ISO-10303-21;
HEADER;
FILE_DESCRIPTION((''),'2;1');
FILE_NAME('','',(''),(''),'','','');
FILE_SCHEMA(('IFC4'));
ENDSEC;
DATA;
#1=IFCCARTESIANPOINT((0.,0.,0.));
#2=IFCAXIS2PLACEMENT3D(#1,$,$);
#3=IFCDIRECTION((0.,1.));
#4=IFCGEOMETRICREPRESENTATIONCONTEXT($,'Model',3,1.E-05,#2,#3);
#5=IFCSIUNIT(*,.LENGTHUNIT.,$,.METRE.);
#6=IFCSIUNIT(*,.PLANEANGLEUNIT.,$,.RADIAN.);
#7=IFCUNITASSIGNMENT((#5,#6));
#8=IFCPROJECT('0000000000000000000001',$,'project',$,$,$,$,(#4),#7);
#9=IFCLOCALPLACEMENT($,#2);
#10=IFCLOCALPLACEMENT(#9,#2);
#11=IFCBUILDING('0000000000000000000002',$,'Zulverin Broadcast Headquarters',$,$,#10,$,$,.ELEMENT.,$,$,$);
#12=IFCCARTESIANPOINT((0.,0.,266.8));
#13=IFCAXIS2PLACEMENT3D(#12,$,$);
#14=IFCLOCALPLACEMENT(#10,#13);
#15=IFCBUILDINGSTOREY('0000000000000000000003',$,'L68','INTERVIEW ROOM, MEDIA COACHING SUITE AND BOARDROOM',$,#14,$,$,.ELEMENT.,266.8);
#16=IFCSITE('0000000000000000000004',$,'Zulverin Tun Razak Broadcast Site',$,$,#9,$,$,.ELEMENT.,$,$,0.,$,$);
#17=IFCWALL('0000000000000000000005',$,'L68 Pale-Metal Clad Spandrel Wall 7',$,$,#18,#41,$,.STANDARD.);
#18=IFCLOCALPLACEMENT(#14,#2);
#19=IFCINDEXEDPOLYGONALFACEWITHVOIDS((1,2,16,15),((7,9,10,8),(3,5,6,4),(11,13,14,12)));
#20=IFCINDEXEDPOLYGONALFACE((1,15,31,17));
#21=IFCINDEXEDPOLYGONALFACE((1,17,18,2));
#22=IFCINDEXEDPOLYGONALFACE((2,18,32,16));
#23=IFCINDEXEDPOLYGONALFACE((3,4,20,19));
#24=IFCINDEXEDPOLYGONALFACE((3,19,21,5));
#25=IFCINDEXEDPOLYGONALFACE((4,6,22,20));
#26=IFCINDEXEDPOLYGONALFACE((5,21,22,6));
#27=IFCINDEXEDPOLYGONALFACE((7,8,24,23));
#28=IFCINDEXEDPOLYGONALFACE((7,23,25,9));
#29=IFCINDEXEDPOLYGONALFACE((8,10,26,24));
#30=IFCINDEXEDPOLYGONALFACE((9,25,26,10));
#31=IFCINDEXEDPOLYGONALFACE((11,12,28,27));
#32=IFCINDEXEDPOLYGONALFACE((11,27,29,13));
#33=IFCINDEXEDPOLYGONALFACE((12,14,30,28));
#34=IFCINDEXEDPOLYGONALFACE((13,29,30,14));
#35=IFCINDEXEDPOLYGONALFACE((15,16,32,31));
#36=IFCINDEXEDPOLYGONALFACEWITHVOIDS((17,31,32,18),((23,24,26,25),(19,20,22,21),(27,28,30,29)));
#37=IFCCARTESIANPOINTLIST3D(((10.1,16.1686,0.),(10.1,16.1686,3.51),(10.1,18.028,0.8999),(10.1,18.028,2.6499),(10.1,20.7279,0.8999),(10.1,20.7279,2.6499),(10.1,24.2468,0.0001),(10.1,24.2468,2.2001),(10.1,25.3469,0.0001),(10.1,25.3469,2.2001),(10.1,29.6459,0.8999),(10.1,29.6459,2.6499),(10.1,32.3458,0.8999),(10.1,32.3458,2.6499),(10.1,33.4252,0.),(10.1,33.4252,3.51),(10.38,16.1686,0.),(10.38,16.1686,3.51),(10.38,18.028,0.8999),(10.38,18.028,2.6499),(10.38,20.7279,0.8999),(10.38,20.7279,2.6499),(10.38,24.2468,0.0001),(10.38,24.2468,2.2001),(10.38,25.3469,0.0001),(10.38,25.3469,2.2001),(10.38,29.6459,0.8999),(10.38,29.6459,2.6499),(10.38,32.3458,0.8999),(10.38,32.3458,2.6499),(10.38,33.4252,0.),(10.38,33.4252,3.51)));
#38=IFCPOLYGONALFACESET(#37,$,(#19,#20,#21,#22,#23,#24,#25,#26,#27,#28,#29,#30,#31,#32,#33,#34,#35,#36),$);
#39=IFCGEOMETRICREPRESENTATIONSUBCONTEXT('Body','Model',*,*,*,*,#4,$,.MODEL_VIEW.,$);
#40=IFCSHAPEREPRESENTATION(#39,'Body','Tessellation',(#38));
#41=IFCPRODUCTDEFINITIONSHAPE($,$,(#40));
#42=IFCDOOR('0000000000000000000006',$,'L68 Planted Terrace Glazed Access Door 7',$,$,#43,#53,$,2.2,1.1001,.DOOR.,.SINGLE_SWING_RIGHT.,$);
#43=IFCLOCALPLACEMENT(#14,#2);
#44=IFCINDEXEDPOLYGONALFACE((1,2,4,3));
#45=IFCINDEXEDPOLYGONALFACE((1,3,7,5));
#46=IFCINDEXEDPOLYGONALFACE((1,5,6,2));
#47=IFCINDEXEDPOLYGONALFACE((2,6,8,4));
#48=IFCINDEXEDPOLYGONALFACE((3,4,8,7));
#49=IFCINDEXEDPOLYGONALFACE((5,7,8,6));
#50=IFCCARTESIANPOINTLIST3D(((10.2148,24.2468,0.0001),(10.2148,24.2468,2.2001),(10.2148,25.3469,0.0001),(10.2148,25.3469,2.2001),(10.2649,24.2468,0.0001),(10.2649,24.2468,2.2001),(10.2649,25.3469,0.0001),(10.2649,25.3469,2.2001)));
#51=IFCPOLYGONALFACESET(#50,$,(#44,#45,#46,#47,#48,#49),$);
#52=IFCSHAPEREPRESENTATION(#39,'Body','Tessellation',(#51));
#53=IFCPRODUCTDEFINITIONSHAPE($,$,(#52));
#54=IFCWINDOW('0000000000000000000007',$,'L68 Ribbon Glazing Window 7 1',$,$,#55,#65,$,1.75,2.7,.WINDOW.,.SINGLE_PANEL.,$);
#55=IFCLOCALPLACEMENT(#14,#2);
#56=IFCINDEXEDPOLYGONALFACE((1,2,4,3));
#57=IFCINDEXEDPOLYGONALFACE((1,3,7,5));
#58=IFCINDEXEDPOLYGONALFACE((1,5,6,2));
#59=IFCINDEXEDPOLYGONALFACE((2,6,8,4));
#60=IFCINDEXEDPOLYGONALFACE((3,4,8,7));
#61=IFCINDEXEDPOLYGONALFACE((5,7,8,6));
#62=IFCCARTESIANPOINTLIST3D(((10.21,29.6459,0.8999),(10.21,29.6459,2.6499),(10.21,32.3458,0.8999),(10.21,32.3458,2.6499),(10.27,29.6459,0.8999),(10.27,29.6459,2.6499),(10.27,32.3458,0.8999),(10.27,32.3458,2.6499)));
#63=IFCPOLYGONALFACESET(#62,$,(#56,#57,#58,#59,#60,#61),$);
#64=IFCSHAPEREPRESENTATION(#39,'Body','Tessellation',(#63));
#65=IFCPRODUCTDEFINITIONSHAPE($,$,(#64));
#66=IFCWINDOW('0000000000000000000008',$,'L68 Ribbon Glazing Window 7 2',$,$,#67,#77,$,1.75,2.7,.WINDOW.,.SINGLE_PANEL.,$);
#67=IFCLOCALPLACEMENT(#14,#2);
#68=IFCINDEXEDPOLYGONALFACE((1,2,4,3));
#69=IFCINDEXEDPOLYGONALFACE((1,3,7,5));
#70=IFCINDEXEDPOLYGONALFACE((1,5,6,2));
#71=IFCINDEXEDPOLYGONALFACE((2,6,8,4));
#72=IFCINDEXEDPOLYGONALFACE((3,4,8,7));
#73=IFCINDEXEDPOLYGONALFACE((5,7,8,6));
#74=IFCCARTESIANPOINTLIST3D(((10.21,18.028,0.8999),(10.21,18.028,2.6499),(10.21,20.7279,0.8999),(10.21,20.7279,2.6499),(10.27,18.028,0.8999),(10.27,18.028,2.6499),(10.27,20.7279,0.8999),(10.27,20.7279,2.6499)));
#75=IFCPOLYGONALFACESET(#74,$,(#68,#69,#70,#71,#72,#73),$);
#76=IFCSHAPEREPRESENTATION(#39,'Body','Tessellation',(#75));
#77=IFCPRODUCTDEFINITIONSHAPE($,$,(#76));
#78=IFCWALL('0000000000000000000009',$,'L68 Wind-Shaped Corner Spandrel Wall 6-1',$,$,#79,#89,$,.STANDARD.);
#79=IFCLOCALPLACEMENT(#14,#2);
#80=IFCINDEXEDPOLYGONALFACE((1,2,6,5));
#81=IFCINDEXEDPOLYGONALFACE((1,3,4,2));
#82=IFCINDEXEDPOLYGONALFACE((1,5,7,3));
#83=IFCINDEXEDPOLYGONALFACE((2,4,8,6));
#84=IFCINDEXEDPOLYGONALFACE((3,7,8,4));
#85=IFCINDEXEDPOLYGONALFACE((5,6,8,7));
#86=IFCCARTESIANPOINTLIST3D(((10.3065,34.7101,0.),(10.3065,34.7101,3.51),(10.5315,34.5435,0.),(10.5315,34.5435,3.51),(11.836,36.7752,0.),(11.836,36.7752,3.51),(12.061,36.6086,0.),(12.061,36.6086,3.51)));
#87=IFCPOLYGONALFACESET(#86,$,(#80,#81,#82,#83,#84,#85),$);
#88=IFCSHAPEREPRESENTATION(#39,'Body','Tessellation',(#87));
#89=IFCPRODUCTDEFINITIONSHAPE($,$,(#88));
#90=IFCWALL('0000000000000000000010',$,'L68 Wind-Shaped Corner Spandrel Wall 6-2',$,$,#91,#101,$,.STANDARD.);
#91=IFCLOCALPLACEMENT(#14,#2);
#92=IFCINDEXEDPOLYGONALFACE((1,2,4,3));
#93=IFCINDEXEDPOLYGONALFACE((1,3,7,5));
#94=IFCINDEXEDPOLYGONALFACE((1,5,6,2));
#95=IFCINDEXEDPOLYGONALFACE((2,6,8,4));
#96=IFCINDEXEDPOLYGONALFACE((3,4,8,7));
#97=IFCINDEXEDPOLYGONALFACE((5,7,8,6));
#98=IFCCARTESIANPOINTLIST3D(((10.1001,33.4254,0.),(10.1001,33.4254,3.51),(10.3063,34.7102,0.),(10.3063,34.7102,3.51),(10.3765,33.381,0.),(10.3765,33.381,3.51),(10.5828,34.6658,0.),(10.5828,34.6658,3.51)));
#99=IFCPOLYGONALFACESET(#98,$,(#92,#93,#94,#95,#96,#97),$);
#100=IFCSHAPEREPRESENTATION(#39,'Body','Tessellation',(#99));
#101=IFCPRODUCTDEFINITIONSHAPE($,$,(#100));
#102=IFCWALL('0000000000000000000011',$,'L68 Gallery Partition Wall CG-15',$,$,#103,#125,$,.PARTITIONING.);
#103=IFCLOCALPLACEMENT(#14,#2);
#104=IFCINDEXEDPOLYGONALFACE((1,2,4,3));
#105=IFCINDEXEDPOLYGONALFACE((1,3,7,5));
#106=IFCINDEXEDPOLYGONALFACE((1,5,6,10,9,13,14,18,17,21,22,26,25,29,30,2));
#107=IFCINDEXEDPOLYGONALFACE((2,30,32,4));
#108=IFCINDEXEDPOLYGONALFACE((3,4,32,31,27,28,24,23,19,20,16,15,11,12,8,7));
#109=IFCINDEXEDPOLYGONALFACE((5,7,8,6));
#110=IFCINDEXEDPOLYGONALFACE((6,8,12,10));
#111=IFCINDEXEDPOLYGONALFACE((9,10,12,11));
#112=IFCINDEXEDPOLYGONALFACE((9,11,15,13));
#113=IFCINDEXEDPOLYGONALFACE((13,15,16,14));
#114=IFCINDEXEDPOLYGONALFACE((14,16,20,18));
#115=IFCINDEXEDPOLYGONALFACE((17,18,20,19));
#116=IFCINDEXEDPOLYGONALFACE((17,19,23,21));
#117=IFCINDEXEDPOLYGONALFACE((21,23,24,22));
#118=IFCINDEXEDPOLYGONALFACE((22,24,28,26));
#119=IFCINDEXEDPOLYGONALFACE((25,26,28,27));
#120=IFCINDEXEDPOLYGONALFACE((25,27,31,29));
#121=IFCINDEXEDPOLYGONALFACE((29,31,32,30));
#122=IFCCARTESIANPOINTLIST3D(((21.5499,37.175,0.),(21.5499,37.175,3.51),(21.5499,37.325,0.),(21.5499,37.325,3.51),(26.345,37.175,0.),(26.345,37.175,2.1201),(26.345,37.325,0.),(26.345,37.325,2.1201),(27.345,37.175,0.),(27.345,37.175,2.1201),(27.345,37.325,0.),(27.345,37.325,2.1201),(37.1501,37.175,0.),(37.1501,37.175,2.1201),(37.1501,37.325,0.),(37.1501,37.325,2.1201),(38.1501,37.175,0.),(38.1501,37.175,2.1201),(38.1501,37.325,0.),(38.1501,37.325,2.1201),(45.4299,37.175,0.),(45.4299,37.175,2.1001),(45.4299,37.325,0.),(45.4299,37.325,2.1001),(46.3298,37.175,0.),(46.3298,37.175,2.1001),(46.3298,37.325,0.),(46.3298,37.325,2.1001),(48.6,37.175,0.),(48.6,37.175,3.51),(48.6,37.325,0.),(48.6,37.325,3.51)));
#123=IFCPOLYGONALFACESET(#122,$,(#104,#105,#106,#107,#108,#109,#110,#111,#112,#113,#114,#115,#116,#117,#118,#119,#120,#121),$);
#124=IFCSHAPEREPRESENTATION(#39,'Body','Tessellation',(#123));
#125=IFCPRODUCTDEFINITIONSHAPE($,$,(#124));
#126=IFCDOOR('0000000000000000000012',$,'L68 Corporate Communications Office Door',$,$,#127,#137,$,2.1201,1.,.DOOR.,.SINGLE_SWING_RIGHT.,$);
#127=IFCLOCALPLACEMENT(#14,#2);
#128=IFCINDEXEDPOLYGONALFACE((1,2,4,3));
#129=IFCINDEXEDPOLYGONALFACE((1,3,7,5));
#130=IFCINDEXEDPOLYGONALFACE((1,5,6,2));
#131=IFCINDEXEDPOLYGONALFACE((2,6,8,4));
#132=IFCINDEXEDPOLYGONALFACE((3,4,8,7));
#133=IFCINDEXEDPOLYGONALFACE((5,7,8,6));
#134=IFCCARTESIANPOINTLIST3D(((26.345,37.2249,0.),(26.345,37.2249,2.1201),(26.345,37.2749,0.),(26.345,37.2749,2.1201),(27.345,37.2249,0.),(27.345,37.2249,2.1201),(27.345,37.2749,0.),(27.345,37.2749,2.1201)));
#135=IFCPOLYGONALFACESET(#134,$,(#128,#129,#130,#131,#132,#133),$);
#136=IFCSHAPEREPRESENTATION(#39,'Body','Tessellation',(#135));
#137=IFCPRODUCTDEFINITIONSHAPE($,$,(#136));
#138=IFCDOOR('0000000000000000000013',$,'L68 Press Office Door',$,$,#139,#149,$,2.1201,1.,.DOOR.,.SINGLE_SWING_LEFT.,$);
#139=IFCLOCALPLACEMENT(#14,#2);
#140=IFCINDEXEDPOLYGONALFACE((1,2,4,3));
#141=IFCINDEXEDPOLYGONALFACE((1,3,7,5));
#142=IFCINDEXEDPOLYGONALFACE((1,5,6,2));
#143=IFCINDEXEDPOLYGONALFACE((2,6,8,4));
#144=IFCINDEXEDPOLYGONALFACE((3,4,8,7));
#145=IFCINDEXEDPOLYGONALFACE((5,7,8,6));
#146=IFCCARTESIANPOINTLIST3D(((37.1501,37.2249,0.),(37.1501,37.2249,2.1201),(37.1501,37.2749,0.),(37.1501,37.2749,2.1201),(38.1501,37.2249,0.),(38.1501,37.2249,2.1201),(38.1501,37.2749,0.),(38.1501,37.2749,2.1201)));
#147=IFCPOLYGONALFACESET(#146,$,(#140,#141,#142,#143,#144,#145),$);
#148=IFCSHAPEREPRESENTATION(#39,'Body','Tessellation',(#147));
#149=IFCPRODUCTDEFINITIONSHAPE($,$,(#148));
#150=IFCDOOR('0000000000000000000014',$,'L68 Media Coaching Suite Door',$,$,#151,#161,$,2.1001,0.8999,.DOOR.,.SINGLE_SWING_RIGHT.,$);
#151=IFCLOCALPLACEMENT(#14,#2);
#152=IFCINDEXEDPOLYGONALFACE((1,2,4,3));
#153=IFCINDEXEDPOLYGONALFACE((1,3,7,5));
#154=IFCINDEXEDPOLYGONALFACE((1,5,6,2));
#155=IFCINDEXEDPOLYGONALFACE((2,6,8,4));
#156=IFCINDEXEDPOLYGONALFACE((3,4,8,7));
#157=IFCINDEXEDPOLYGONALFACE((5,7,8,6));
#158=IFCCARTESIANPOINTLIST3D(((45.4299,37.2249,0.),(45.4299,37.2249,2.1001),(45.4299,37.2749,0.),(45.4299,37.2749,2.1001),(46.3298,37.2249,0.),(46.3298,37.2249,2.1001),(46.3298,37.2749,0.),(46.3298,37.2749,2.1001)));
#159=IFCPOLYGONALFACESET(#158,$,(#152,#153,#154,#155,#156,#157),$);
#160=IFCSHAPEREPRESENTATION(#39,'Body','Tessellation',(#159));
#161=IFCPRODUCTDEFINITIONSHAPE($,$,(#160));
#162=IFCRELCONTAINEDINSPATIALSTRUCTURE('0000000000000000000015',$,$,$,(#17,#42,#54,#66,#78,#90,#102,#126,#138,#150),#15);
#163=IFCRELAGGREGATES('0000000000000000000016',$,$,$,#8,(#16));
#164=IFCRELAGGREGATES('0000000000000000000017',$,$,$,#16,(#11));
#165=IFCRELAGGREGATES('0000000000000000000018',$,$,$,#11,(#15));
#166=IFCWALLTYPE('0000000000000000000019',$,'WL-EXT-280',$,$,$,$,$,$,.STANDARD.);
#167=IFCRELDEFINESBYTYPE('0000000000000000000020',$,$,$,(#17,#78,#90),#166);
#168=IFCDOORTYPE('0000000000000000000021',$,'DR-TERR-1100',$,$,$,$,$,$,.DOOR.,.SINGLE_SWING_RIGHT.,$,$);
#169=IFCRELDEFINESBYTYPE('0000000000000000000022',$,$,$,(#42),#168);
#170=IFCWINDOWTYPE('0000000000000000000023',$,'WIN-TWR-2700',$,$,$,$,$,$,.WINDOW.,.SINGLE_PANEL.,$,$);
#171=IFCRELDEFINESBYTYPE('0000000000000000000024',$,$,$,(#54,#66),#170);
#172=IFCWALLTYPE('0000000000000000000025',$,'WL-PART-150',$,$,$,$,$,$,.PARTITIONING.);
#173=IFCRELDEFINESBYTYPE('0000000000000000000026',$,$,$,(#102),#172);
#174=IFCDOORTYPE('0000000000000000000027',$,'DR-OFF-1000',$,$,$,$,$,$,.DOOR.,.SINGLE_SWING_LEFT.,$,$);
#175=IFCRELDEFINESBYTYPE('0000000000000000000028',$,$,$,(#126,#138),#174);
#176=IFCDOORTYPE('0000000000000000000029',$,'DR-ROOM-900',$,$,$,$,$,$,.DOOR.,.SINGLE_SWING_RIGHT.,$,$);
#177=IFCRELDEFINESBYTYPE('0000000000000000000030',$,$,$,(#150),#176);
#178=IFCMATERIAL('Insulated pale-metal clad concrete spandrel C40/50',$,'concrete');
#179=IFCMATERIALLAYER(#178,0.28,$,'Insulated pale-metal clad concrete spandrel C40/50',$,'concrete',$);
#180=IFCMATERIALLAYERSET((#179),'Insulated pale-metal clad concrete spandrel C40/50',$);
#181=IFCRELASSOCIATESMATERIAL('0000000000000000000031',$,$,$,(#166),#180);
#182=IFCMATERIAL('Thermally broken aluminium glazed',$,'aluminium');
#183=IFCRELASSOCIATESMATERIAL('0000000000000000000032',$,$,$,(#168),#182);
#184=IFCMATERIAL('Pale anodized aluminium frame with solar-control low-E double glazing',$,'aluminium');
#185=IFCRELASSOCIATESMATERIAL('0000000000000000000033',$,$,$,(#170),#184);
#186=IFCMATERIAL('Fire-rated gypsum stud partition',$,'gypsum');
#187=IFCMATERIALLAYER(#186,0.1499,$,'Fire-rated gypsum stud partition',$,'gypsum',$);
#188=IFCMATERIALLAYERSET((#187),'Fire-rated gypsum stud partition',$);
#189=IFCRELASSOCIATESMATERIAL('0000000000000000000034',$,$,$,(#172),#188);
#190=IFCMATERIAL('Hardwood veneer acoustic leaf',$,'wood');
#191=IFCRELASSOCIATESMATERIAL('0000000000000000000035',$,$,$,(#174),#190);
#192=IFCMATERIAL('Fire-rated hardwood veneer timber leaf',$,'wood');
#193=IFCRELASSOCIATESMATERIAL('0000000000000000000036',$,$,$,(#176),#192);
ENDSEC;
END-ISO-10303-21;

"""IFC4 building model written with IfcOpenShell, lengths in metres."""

from ifc_helpers import new_model, si_unit, direction, frame, frame_2d, origin, place, context, subcontext, project, spatial, rectangle, extrude, material, layer, layer_set, type_object, element, fill, save


model = new_model("IFC4")

# Units and contexts
model_context = context("Model", 3, precision=1e-05, world=origin(), true_north=direction((0.0, 1.0)))
body_context = subcontext(model_context, "Body", "Model", "MODEL_VIEW")
ifc_project = project(units=[si_unit("LENGTHUNIT", "METRE"), si_unit("PLANEANGLEUNIT", "RADIAN")], contexts=[model_context])

# Site, building, storey
site_placement = place(None, origin())
site = spatial("IfcSite", under=ifc_project, at=site_placement, Name="Zulverin Tun Razak Broadcast Site", CompositionType="ELEMENT", RefElevation=0.0)
building_placement = place(site_placement, origin())
building = spatial("IfcBuilding", under=site, at=building_placement, Name="Zulverin Broadcast Headquarters", CompositionType="ELEMENT")
storey_placement = place(building_placement, frame((0.0, 0.0, 266.8)))
storey = spatial("IfcBuildingStorey", under=building, at=storey_placement, Name="L68", Description="INTERVIEW ROOM, MEDIA COACHING SUITE AND BOARDROOM", CompositionType="ELEMENT", Elevation=266.8)

# Wall, openings, door, windows
ifc_material_1 = material(Name="Insulated pale-metal clad concrete spandrel C40/50", Category="concrete")
ifc_layer_1 = layer(ifc_material_1, 0.28, Name="Insulated pale-metal clad concrete spandrel C40/50", Category="concrete")
ifc_layer_set_1 = layer_set([ifc_layer_1], Name="Insulated pale-metal clad concrete spandrel C40/50")
wall_type_1 = type_object("IfcWallType", Name="WL-EXT-280", PredefinedType="STANDARD", material=ifc_layer_set_1)
wall_1_placement = place(storey_placement, frame((10.24, 33.4253, 0.0), z_axis=(0.0, 0.0, 1.0), x_axis=(0.0, -1.0, 0.0)))
wall_1 = element("IfcWall", 1, at=wall_1_placement, inside=storey, type_object=wall_type_1, Name="L68 Pale-Metal Clad Spandrel Wall 7", PredefinedType="STANDARD", context=body_context, shape_type="SweptSolid", body=[
    extrude(rectangle(XDim=17.2566, YDim=0.28, at=frame_2d((8.6284, 0.0))), origin(), (0.0, 0.0, 1.0), 3.51),
])
opening_1_placement = place(wall_1_placement, frame((8.0784, 0.0, 0.0)))
opening_1 = element("IfcOpeningElement", 2, at=opening_1_placement, cuts=wall_1, PredefinedType="OPENING", context=body_context, shape_type="SweptSolid", body=[
    extrude(rectangle(XDim=1.1001, YDim=2.2, at=frame_2d((0.55, 1.1001))), frame((0.0, 0.1499, 0.0), z_axis=(0.0, -1.0, 0.0), x_axis=(1.0, 0.0, 0.0)), (0.0, 0.0, 1.0), 0.3),
])
opening_2_placement = place(wall_1_placement, frame((1.0793, 0.0, 0.8999)))
opening_2 = element("IfcOpeningElement", 3, at=opening_2_placement, cuts=wall_1, PredefinedType="OPENING", context=body_context, shape_type="SweptSolid", body=[
    extrude(rectangle(XDim=2.7, YDim=1.75, at=frame_2d((1.3501, 0.875))), frame((0.0, 0.1499, 0.0), z_axis=(0.0, -1.0, 0.0), x_axis=(1.0, 0.0, 0.0)), (0.0, 0.0, 1.0), 0.3),
])
opening_3_placement = place(wall_1_placement, frame((12.6973, 0.0, 0.8999)))
opening_3 = element("IfcOpeningElement", 4, at=opening_3_placement, cuts=wall_1, PredefinedType="OPENING", context=body_context, shape_type="SweptSolid", body=[
    extrude(rectangle(XDim=2.7, YDim=1.75, at=frame_2d((1.3501, 0.875))), frame((0.0, 0.1499, 0.0), z_axis=(0.0, -1.0, 0.0), x_axis=(1.0, 0.0, 0.0)), (0.0, 0.0, 1.0), 0.3),
])
ifc_material_2 = material(Name="Thermally broken aluminium glazed", Category="aluminium")
door_type_1 = type_object("IfcDoorType", Name="DR-TERR-1100", OperationType="SINGLE_SWING_RIGHT", PredefinedType="DOOR", material=ifc_material_2)
door_1_placement = place(opening_1_placement, origin())
door_1 = element("IfcDoor", 5, at=door_1_placement, inside=storey, type_object=door_type_1, Name="L68 Planted Terrace Glazed Access Door 7", OperationType="SINGLE_SWING_RIGHT", OverallHeight=2.2, OverallWidth=1.1001, PredefinedType="DOOR", context=body_context, shape_type="SweptSolid", body=[
    extrude(rectangle(XDim=1.1001, YDim=2.2, at=frame_2d((0.55, 1.1001))), frame((0.0, 0.0249, 0.0), z_axis=(0.0, -1.0, 0.0), x_axis=(1.0, 0.0, 0.0)), (0.0, 0.0, 1.0), 0.05),
])
fill(opening_1, door_1)
ifc_material_3 = material(Name="Pale anodized aluminium frame with solar-control low-E double glazing", Category="aluminium")
window_type = type_object("IfcWindowType", Name="WIN-TWR-2700", PartitioningType="SINGLE_PANEL", PredefinedType="WINDOW", material=ifc_material_3)
window_1_placement = place(opening_2_placement, origin())
window_1 = element("IfcWindow", 6, at=window_1_placement, inside=storey, type_object=window_type, Name="L68 Ribbon Glazing Window 7 1", OverallHeight=1.75, OverallWidth=2.7, PartitioningType="SINGLE_PANEL", PredefinedType="WINDOW", context=body_context, shape_type="SweptSolid", body=[
    extrude(rectangle(XDim=2.7, YDim=1.75, at=frame_2d((1.3501, 0.875))), frame((0.0, 0.03, 0.0), z_axis=(0.0, -1.0, 0.0), x_axis=(1.0, 0.0, 0.0)), (0.0, 0.0, 1.0), 0.0601),
])
fill(opening_2, window_1)
window_2_placement = place(opening_3_placement, origin())
window_2 = element("IfcWindow", 7, at=window_2_placement, inside=storey, type_object=window_type, Name="L68 Ribbon Glazing Window 7 2", OverallHeight=1.75, OverallWidth=2.7, PartitioningType="SINGLE_PANEL", PredefinedType="WINDOW", context=body_context, shape_type="SweptSolid", body=[
    extrude(rectangle(XDim=2.7, YDim=1.75, at=frame_2d((1.3501, 0.875))), frame((0.0, 0.03, 0.0), z_axis=(0.0, -1.0, 0.0), x_axis=(1.0, 0.0, 0.0)), (0.0, 0.0, 1.0), 0.0601),
])
fill(opening_3, window_2)

# Walls
wall_2_placement = place(storey_placement, frame((11.9485, 36.6919, 0.0), z_axis=(0.0, 0.0, 1.0), x_axis=(-0.595171, -0.803599, 0.0)))
element("IfcWall", 8, at=wall_2_placement, inside=storey, type_object=wall_type_1, Name="L68 Wind-Shaped Corner Spandrel Wall 6-1", PredefinedType="STANDARD", context=body_context, shape_type="SweptSolid", body=[
    extrude(rectangle(XDim=2.5698, YDim=0.28, at=frame_2d((1.2849, 0.0))), origin(), (0.0, 0.0, 1.0), 3.51),
])
wall_3_placement = place(storey_placement, frame((10.4446, 34.688, 0.0), z_axis=(0.0, 0.0, 1.0), x_axis=(-0.158525, -0.987355, 0.0)))
element("IfcWall", 9, at=wall_3_placement, inside=storey, type_object=wall_type_1, Name="L68 Wind-Shaped Corner Spandrel Wall 6-2", PredefinedType="STANDARD", context=body_context, shape_type="SweptSolid", body=[
    extrude(rectangle(XDim=1.3013, YDim=0.28, at=frame_2d((0.6506, 0.0))), origin(), (0.0, 0.0, 1.0), 3.51),
])

# Wall, openings, doors
ifc_material_4 = material(Name="Fire-rated gypsum stud partition", Category="gypsum")
ifc_layer_2 = layer(ifc_material_4, 0.1499, Name="Fire-rated gypsum stud partition", Category="gypsum")
ifc_layer_set_2 = layer_set([ifc_layer_2], Name="Fire-rated gypsum stud partition")
wall_type_2 = type_object("IfcWallType", Name="WL-PART-150", PredefinedType="PARTITIONING", material=ifc_layer_set_2)
wall_4_placement = place(storey_placement, frame((21.55, 37.25, 0.0), z_axis=(0.0, 0.0, 1.0), x_axis=(1.0, 0.0, 0.0)))
wall_4 = element("IfcWall", 10, at=wall_4_placement, inside=storey, type_object=wall_type_2, Name="L68 Gallery Partition Wall CG-15", PredefinedType="PARTITIONING", context=body_context, shape_type="SweptSolid", body=[
    extrude(rectangle(XDim=27.05, YDim=0.1499, at=frame_2d((13.5249, 0.0))), origin(), (0.0, 0.0, 1.0), 3.51),
])
opening_4_placement = place(wall_4_placement, frame((4.7949, 0.0, 0.0)))
opening_4 = element("IfcOpeningElement", 11, at=opening_4_placement, cuts=wall_4, PredefinedType="OPENING", context=body_context, shape_type="SweptSolid", body=[
    extrude(rectangle(XDim=1.0, YDim=2.1201, at=frame_2d((0.5, 1.0601))), frame((0.0, 0.085, 0.0), z_axis=(0.0, -1.0, 0.0), x_axis=(1.0, 0.0, 0.0)), (0.0, 0.0, 1.0), 0.1699),
])
opening_5_placement = place(wall_4_placement, frame((15.6001, 0.0, 0.0)))
opening_5 = element("IfcOpeningElement", 12, at=opening_5_placement, cuts=wall_4, PredefinedType="OPENING", context=body_context, shape_type="SweptSolid", body=[
    extrude(rectangle(XDim=1.0, YDim=2.1201, at=frame_2d((0.5, 1.0601))), frame((0.0, 0.085, 0.0), z_axis=(0.0, -1.0, 0.0), x_axis=(1.0, 0.0, 0.0)), (0.0, 0.0, 1.0), 0.1699),
])
opening_6_placement = place(wall_4_placement, frame((23.8799, 0.0, 0.0)))
opening_6 = element("IfcOpeningElement", 13, at=opening_6_placement, cuts=wall_4, PredefinedType="OPENING", context=body_context, shape_type="SweptSolid", body=[
    extrude(rectangle(XDim=0.8999, YDim=2.1001, at=frame_2d((0.45, 1.05))), frame((0.0, 0.085, 0.0), z_axis=(0.0, -1.0, 0.0), x_axis=(1.0, 0.0, 0.0)), (0.0, 0.0, 1.0), 0.1699),
])
ifc_material_5 = material(Name="Hardwood veneer acoustic leaf", Category="wood")
door_type_2 = type_object("IfcDoorType", Name="DR-OFF-1000", OperationType="SINGLE_SWING_LEFT", PredefinedType="DOOR", material=ifc_material_5)
door_2_placement = place(opening_4_placement, origin())
door_2 = element("IfcDoor", 14, at=door_2_placement, inside=storey, type_object=door_type_2, Name="L68 Corporate Communications Office Door", OperationType="SINGLE_SWING_RIGHT", OverallHeight=2.1201, OverallWidth=1.0, PredefinedType="DOOR", context=body_context, shape_type="SweptSolid", body=[
    extrude(rectangle(XDim=1.0, YDim=2.1201, at=frame_2d((0.5, 1.0601))), frame((0.0, 0.0249, 0.0), z_axis=(0.0, -1.0, 0.0), x_axis=(1.0, 0.0, 0.0)), (0.0, 0.0, 1.0), 0.05),
])
fill(opening_4, door_2)
door_3_placement = place(opening_5_placement, origin())
door_3 = element("IfcDoor", 15, at=door_3_placement, inside=storey, type_object=door_type_2, Name="L68 Press Office Door", OperationType="SINGLE_SWING_LEFT", OverallHeight=2.1201, OverallWidth=1.0, PredefinedType="DOOR", context=body_context, shape_type="SweptSolid", body=[
    extrude(rectangle(XDim=1.0, YDim=2.1201, at=frame_2d((0.5, 1.0601))), frame((0.0, 0.0249, 0.0), z_axis=(0.0, -1.0, 0.0), x_axis=(1.0, 0.0, 0.0)), (0.0, 0.0, 1.0), 0.05),
])
fill(opening_5, door_3)
ifc_material_6 = material(Name="Fire-rated hardwood veneer timber leaf", Category="wood")
door_type_3 = type_object("IfcDoorType", Name="DR-ROOM-900", OperationType="SINGLE_SWING_RIGHT", PredefinedType="DOOR", material=ifc_material_6)
door_4_placement = place(opening_6_placement, origin())
door_4 = element("IfcDoor", 16, at=door_4_placement, inside=storey, type_object=door_type_3, Name="L68 Media Coaching Suite Door", OperationType="SINGLE_SWING_RIGHT", OverallHeight=2.1001, OverallWidth=0.8999, PredefinedType="DOOR", context=body_context, shape_type="SweptSolid", body=[
    extrude(rectangle(XDim=0.8999, YDim=2.1001, at=frame_2d((0.45, 1.05))), frame((0.0, 0.0249, 0.0), z_axis=(0.0, -1.0, 0.0), x_axis=(1.0, 0.0, 0.0)), (0.0, 0.0, 1.0), 0.05),
])
fill(opening_6, door_4)

save(model, "model.ifc")
